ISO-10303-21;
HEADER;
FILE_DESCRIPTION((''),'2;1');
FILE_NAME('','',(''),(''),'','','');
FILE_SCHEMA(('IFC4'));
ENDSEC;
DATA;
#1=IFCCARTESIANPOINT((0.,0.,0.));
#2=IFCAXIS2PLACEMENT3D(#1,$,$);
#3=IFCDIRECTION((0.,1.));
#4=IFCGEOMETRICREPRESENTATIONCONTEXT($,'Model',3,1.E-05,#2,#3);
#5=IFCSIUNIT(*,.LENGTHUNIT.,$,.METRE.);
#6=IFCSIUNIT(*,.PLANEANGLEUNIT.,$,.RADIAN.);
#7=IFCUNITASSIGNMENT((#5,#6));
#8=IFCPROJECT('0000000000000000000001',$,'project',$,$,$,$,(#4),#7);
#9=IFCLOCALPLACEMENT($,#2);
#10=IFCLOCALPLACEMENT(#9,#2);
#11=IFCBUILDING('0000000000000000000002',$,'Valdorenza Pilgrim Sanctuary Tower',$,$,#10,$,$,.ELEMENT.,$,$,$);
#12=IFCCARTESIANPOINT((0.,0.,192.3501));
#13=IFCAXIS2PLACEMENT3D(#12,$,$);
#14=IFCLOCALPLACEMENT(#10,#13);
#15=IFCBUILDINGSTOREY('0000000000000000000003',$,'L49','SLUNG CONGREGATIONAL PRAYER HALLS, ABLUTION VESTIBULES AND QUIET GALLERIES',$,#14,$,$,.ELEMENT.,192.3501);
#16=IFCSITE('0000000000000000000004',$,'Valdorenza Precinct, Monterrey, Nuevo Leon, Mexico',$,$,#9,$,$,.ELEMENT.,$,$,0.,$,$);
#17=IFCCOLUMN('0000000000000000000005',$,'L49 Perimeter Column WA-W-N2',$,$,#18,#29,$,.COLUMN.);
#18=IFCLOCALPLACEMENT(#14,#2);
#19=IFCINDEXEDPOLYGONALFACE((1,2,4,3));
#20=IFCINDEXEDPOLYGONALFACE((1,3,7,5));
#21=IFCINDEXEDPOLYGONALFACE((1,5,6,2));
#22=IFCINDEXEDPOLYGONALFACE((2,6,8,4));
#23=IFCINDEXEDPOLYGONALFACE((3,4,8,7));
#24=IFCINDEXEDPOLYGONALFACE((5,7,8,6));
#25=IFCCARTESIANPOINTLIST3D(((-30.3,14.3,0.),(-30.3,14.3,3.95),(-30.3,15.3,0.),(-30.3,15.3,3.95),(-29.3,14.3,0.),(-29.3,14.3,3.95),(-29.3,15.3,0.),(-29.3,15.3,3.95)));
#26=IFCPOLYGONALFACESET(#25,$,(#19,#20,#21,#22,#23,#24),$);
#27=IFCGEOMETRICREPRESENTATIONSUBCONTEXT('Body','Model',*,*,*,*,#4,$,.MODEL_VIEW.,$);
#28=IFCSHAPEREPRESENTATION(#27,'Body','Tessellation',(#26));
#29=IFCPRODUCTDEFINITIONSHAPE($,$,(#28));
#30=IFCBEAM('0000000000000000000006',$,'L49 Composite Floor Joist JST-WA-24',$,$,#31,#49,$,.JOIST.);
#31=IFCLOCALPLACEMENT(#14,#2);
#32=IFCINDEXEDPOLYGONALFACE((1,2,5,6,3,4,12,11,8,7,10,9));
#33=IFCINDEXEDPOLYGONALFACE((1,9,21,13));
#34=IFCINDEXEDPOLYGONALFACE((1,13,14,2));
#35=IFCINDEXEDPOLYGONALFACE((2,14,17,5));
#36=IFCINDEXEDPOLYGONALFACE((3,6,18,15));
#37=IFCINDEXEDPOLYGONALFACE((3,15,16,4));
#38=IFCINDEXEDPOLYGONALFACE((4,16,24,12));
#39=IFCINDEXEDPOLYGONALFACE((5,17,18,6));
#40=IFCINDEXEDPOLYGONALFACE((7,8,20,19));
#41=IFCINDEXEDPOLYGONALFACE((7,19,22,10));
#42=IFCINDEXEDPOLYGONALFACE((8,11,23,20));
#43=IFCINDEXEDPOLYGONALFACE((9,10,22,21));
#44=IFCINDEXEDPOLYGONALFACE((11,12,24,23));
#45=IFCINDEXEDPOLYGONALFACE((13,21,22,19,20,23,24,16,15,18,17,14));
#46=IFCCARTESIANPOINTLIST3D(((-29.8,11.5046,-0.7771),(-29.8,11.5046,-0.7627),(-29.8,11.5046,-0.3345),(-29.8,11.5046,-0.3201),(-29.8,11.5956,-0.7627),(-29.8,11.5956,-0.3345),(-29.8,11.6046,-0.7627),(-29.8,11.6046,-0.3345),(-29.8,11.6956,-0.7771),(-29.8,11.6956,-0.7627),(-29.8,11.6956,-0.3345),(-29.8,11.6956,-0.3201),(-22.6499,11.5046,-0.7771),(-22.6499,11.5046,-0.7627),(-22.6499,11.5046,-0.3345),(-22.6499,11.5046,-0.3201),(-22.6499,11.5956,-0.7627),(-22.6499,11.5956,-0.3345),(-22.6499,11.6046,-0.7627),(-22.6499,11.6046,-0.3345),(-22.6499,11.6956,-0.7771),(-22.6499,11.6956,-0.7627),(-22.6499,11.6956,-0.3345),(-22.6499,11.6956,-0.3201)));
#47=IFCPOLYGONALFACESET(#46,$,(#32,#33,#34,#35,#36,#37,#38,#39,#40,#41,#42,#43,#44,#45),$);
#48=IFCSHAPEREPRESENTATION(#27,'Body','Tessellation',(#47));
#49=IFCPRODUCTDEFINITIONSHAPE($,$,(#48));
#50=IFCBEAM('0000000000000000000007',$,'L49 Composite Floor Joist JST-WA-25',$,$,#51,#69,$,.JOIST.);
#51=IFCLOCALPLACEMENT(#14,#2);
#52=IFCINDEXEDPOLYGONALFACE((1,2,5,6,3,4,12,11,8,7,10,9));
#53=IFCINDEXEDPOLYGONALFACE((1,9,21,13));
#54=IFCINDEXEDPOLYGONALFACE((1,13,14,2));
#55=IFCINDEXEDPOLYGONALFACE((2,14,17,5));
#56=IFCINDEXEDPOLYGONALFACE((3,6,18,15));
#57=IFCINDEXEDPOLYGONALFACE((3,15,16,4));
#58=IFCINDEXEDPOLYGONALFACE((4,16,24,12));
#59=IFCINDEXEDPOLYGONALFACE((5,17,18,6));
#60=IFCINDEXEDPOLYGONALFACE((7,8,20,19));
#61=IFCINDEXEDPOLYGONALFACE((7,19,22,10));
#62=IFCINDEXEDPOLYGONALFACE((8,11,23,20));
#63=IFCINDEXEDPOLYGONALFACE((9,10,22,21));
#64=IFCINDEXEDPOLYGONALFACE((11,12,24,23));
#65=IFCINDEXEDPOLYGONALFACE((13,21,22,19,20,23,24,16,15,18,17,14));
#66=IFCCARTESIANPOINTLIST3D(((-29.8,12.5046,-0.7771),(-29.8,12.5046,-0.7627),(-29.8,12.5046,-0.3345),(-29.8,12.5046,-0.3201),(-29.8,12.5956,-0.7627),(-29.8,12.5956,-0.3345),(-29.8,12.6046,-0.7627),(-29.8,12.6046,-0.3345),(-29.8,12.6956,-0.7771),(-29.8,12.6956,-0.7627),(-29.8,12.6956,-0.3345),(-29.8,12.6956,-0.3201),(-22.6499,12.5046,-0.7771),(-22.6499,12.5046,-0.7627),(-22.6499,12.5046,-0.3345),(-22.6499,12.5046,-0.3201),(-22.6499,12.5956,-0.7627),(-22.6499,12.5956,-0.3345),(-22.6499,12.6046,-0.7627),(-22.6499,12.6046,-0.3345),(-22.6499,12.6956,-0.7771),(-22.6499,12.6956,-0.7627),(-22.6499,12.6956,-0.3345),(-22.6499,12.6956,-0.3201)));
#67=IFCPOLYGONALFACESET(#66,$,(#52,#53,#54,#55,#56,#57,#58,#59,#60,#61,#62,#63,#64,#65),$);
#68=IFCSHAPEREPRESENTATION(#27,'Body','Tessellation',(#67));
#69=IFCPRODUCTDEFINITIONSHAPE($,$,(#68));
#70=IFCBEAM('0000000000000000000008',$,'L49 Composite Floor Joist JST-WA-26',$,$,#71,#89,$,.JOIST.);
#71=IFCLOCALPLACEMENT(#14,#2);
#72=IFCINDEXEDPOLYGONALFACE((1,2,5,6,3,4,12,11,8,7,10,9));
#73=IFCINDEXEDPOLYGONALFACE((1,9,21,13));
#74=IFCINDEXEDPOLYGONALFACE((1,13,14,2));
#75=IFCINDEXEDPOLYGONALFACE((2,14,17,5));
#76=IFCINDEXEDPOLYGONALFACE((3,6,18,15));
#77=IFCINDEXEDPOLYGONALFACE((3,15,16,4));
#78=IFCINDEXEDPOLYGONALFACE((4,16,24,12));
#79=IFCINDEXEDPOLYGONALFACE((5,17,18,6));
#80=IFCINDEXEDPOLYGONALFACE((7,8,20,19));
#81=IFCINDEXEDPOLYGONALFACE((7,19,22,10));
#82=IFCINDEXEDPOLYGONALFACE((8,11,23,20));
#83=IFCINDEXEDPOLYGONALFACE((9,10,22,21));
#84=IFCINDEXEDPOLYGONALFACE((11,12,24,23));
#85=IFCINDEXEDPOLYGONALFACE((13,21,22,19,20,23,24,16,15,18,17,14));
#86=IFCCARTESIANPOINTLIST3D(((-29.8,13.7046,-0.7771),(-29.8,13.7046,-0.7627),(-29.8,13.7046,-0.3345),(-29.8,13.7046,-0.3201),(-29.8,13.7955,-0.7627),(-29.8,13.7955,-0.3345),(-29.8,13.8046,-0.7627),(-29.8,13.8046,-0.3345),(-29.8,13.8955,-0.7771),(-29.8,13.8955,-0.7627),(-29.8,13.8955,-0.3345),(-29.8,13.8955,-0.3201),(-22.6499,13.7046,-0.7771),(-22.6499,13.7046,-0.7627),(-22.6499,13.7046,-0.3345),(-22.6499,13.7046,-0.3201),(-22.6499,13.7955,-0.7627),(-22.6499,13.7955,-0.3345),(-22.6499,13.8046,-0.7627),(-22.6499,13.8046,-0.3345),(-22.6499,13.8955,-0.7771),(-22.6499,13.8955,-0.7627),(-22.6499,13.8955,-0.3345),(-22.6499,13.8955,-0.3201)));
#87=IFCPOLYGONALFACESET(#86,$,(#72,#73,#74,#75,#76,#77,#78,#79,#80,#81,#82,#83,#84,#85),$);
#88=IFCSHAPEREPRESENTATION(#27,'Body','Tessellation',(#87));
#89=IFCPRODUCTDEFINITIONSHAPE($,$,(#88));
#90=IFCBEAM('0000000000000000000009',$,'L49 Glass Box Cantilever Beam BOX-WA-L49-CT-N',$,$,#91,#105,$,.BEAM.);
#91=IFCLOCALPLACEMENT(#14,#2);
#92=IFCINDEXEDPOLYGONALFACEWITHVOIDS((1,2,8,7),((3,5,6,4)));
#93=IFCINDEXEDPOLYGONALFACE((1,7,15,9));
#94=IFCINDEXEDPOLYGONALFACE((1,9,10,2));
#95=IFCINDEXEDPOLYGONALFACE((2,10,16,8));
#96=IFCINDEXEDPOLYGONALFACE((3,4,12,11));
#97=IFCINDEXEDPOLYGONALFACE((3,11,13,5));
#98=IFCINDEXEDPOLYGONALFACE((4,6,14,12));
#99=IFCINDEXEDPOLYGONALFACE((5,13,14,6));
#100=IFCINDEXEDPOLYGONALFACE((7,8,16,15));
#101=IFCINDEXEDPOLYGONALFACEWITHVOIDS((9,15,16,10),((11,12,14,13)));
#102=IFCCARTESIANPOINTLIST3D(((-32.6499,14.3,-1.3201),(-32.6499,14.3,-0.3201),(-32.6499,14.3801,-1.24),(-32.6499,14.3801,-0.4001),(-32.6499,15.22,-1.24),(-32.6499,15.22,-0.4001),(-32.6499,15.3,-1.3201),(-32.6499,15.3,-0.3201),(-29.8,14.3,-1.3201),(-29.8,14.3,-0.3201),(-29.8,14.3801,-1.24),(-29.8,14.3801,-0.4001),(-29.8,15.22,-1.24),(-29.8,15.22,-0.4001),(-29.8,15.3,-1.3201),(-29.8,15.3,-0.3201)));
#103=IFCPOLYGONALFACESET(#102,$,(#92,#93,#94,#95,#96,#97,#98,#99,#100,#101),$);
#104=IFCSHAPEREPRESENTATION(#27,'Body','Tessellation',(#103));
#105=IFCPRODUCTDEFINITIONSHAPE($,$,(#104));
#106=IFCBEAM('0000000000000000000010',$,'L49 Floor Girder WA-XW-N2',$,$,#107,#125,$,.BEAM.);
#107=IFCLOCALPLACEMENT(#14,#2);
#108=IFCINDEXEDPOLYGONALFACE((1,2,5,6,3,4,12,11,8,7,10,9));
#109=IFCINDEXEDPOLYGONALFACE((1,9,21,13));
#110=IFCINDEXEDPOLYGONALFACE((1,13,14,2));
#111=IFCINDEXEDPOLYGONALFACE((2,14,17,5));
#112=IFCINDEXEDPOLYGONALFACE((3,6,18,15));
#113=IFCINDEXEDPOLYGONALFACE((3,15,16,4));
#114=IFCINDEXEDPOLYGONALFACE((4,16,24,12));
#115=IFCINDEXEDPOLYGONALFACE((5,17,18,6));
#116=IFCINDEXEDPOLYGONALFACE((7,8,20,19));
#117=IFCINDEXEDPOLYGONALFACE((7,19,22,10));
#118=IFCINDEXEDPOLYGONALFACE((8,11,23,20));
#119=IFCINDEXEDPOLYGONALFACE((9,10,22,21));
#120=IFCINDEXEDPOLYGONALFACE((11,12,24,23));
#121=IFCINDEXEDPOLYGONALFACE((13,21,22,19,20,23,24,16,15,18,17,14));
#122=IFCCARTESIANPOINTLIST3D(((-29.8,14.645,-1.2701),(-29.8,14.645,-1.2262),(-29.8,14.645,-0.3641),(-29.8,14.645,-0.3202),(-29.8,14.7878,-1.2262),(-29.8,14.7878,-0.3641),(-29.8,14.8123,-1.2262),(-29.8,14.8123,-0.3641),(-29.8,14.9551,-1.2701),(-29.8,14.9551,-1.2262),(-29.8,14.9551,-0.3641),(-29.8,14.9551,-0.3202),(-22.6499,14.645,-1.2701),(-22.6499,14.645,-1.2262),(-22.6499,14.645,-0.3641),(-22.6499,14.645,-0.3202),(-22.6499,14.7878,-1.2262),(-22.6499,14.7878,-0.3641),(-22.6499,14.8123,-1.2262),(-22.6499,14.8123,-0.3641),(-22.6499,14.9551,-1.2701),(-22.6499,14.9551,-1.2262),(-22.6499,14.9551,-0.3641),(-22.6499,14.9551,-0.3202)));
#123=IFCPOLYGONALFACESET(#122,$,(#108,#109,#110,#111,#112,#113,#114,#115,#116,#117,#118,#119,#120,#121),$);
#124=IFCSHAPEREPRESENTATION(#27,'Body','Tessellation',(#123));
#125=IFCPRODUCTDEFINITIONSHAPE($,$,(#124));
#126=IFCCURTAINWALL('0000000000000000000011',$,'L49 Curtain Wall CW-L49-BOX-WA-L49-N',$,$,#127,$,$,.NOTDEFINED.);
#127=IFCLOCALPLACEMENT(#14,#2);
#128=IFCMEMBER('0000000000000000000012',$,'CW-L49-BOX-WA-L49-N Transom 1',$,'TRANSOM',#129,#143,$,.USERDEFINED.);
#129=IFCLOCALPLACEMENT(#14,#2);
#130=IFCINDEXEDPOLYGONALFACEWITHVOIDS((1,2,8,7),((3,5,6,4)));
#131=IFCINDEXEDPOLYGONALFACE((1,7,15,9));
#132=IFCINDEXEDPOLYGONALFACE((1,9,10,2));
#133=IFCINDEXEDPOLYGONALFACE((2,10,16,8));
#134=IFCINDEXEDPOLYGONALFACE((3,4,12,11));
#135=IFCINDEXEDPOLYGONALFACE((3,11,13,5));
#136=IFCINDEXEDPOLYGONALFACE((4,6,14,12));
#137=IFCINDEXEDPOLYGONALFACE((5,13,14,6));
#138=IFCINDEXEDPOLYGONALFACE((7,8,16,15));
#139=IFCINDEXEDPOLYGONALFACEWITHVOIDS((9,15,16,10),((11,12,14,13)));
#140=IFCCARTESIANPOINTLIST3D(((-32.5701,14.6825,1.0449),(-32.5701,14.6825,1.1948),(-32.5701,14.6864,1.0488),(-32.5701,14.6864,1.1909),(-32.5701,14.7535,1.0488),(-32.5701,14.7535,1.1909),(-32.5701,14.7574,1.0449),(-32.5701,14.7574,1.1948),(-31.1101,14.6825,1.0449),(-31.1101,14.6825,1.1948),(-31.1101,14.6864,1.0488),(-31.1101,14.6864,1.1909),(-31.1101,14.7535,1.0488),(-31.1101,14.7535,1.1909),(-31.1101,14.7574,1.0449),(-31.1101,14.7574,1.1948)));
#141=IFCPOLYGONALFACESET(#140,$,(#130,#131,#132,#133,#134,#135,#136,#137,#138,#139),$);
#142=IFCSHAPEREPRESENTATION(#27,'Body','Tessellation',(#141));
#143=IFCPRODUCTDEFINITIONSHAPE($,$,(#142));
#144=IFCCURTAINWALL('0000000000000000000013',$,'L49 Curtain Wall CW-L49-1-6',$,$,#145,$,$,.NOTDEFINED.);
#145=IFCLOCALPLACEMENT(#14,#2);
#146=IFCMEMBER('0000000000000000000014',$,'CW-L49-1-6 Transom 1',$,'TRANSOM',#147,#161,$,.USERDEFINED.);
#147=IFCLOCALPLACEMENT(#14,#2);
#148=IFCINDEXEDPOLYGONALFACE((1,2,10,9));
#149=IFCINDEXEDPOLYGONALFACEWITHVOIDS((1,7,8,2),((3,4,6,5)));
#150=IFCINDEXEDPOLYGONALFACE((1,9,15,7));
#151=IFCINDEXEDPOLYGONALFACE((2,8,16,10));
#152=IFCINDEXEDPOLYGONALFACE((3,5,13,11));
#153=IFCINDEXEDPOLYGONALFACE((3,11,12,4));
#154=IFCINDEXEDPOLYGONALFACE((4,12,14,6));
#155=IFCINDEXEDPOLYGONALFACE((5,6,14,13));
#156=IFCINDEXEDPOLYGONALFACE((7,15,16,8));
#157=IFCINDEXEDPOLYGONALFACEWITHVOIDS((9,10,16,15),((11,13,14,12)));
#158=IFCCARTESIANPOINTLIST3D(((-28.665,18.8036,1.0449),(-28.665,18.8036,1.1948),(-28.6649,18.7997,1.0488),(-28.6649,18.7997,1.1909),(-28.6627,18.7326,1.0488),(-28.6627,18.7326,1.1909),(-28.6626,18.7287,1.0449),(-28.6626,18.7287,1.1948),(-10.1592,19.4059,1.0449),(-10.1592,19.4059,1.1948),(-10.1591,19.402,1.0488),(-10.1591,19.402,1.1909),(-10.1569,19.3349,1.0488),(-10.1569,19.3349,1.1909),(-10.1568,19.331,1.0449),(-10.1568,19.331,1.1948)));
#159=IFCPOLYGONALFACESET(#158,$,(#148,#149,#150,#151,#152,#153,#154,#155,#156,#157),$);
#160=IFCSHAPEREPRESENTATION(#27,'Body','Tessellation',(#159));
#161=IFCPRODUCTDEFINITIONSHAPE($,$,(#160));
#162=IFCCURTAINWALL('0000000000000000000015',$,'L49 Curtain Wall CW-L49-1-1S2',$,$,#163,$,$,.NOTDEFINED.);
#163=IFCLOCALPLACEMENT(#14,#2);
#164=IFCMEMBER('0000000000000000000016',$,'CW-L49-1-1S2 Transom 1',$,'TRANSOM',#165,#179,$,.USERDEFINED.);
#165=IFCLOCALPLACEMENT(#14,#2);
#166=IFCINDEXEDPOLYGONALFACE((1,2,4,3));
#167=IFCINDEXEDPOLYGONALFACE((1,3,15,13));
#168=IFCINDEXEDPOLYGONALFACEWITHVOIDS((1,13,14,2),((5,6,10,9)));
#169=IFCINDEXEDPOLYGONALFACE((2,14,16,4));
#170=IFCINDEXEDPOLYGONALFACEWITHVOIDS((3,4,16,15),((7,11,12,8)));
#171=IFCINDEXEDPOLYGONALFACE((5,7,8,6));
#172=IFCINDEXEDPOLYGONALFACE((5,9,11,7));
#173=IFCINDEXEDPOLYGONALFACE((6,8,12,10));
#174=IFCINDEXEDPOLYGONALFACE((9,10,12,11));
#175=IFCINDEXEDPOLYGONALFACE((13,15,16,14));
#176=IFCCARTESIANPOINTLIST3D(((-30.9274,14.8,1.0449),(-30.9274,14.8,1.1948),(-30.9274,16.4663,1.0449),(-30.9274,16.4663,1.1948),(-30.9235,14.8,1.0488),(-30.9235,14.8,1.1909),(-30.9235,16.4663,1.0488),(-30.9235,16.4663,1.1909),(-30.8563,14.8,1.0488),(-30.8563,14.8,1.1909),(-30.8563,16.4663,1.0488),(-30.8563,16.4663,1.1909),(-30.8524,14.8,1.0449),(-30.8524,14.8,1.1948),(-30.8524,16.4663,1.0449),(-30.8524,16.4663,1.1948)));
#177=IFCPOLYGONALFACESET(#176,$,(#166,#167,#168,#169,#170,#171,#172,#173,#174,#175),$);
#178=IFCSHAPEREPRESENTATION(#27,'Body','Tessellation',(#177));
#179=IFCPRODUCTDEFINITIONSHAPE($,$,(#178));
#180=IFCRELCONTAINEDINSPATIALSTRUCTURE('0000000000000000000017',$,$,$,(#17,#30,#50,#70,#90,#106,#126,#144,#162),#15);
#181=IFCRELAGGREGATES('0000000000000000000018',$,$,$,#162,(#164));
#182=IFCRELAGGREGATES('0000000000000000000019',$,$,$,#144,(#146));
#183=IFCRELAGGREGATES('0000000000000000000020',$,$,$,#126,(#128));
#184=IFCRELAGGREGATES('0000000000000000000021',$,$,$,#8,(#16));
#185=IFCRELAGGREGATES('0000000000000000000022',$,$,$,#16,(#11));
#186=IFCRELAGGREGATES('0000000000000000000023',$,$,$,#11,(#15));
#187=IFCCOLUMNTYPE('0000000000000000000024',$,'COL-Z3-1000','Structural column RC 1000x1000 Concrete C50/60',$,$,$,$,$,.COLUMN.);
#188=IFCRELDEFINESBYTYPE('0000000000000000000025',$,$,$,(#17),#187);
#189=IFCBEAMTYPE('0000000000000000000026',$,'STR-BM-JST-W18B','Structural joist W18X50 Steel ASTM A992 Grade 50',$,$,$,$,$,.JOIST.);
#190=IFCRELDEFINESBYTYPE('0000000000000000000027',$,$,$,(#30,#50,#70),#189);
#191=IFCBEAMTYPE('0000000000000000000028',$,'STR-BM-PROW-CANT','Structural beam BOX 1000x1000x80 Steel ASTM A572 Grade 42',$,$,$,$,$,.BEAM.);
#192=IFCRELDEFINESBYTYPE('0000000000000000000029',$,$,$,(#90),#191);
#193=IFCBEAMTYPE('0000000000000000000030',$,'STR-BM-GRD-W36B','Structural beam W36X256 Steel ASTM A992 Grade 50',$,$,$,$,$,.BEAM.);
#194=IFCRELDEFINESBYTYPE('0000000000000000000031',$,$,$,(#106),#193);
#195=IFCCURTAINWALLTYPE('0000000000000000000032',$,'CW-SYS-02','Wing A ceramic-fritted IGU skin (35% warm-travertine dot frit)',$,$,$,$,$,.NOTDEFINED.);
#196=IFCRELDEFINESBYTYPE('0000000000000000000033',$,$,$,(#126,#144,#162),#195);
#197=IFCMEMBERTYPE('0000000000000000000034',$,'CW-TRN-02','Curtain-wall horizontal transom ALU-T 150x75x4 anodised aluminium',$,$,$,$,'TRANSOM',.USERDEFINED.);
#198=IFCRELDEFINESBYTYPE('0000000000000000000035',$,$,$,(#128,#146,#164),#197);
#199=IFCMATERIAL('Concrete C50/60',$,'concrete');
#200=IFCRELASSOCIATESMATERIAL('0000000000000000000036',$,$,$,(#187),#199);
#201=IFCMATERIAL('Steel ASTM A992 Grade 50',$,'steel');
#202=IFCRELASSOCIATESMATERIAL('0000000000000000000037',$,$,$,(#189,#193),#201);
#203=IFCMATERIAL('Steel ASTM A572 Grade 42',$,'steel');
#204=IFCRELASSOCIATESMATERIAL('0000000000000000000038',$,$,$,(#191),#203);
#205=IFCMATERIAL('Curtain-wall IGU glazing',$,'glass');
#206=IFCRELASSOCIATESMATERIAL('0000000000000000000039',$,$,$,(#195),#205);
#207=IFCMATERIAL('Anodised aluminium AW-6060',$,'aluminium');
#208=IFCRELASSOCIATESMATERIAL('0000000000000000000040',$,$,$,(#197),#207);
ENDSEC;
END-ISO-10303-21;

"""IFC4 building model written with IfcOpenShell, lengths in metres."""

from ifc_helpers import new_model, si_unit, direction, frame, origin, origin_2d, place, context, subcontext, project, spatial, rectangle, hollow_rectangle, i_section, extrude, source, transform, mapped, material, material_profile, profile_set, type_object, element, aggregate, save


model = new_model("IFC4")

# Units and contexts
model_context = context("Model", 3, precision=1e-05, world=origin(), true_north=direction((0.0, 1.0)))
body_context = subcontext(model_context, "Body", "Model", "MODEL_VIEW")
ifc_project = project(units=[si_unit("LENGTHUNIT", "METRE"), si_unit("PLANEANGLEUNIT", "RADIAN")], contexts=[model_context])

# Site, building, storey
site_placement = place(None, origin())
site = spatial("IfcSite", under=ifc_project, at=site_placement, Name="Valdorenza Precinct, Monterrey, Nuevo Leon, Mexico", CompositionType="ELEMENT", RefElevation=0.0)
building_placement = place(site_placement, origin())
building = spatial("IfcBuilding", under=site, at=building_placement, Name="Valdorenza Pilgrim Sanctuary Tower", CompositionType="ELEMENT")
storey_placement = place(building_placement, frame((0.0, 0.0, 192.3501)))
storey = spatial("IfcBuildingStorey", under=building, at=storey_placement, Name="L49", Description="SLUNG CONGREGATIONAL PRAYER HALLS, ABLUTION VESTIBULES AND QUIET GALLERIES", CompositionType="ELEMENT", Elevation=192.3501)

# Column
ifc_material_1 = material(Name="Concrete C50/60", Category="concrete")
ifc_material_profile_1 = material_profile(ifc_material_1, rectangle(XDim=1.0, YDim=1.0, at=origin_2d()), Name="RC 1000x1000")
ifc_profile_set_1 = profile_set([ifc_material_profile_1], Name="Concrete C50/60")
column_type = type_object("IfcColumnType", Name="COL-Z3-1000", Description="Structural column RC 1000x1000 Concrete C50/60", PredefinedType="COLUMN", material=ifc_profile_set_1)
shared_shape_1 = source(origin(), body_context, "Body", "SweptSolid", [
    extrude(rectangle(XDim=1.0, YDim=1.0, at=origin_2d()), origin(), (0.0, 0.0, 1.0), 3.95),
])
column_placement = place(storey_placement, frame((-29.8, 14.8, 0.0), z_axis=(0.0, 0.0, 1.0), x_axis=(1.0, 0.0, 0.0)))
element("IfcColumn", 1, at=column_placement, inside=storey, type_object=column_type, Name="L49 Perimeter Column WA-W-N2", PredefinedType="COLUMN", context=body_context, shape_type="MappedRepresentation", body=[
    mapped(shared_shape_1, transform((0.0, 0.0, 0.0), x_axis=(1.0, 0.0, 0.0), y_axis=(0.0, 1.0, 0.0), z_axis=(0.0, 0.0, 1.0), scale=1.0)),
])

# Beams
ifc_material_2 = material(Name="Steel ASTM A992 Grade 50", Category="steel")
ifc_material_profile_2 = material_profile(ifc_material_2, i_section(OverallWidth=0.1909, OverallDepth=0.457, WebThickness=0.009, FlangeThickness=0.0144, at=origin_2d()), Name="W18X50")
ifc_profile_set_2 = profile_set([ifc_material_profile_2], Name="Steel ASTM A992 Grade 50")
beam_type_1 = type_object("IfcBeamType", Name="STR-BM-JST-W18B", Description="Structural joist W18X50 Steel ASTM A992 Grade 50", PredefinedType="JOIST", material=ifc_profile_set_2)
shared_shape_2 = source(origin(), body_context, "Body", "SweptSolid", [
    extrude(i_section(OverallWidth=0.1909, OverallDepth=0.457, WebThickness=0.009, FlangeThickness=0.0144, at=origin_2d()), origin(), (0.0, 0.0, 1.0), 7.1501),
])
for number, where, z_axis, x_axis, name in (
    (2, (-29.8, 11.6001, -0.5486), (1.0, 0.0, 0.0), (0.0, 1.0, 0.0), "L49 Composite Floor Joist JST-WA-24"),
    (3, (-29.8, 12.6001, -0.5486), (1.0, 0.0, 0.0), (0.0, 1.0, 0.0), "L49 Composite Floor Joist JST-WA-25"),
    (4, (-29.8, 13.8, -0.5486), (1.0, 0.0, 0.0), (0.0, 1.0, 0.0), "L49 Composite Floor Joist JST-WA-26"),
):
    element("IfcBeam", number, at=place(storey_placement, frame(where, z_axis=z_axis, x_axis=x_axis)), inside=storey, type_object=beam_type_1, Name=name, PredefinedType="JOIST", context=body_context, shape_type="MappedRepresentation", body=[
        mapped(shared_shape_2, transform((0.0, 0.0, 0.0), x_axis=(1.0, 0.0, 0.0), y_axis=(0.0, 1.0, 0.0), z_axis=(0.0, 0.0, 1.0), scale=1.0)),
    ])
ifc_material_3 = material(Name="Steel ASTM A572 Grade 42", Category="steel")
ifc_material_profile_3 = material_profile(ifc_material_3, hollow_rectangle(XDim=1.0, YDim=1.0, WallThickness=0.0801, at=origin_2d()), Name="BOX 1000x1000x80")
ifc_profile_set_3 = profile_set([ifc_material_profile_3], Name="Steel ASTM A572 Grade 42")
beam_type_2 = type_object("IfcBeamType", Name="STR-BM-PROW-CANT", Description="Structural beam BOX 1000x1000x80 Steel ASTM A572 Grade 42", PredefinedType="BEAM", material=ifc_profile_set_3)
shared_shape_3 = source(origin(), body_context, "Body", "SweptSolid", [
    extrude(hollow_rectangle(XDim=1.0, YDim=1.0, WallThickness=0.0801, at=origin_2d()), origin(), (0.0, 0.0, 1.0), 2.8499),
])
beam_1_placement = place(storey_placement, frame((-29.8, 14.8, -0.8201), z_axis=(-1.0, 0.0, 0.0), x_axis=(0.0, -1.0, 0.0)))
element("IfcBeam", 5, at=beam_1_placement, inside=storey, type_object=beam_type_2, Name="L49 Glass Box Cantilever Beam BOX-WA-L49-CT-N", PredefinedType="BEAM", context=body_context, shape_type="MappedRepresentation", body=[
    mapped(shared_shape_3, transform((0.0, 0.0, 0.0), x_axis=(1.0, 0.0, 0.0), y_axis=(0.0, 1.0, 0.0), z_axis=(0.0, 0.0, 1.0), scale=1.0)),
])
ifc_material_profile_4 = material_profile(ifc_material_2, i_section(OverallWidth=0.3101, OverallDepth=0.95, WebThickness=0.0244, FlangeThickness=0.0439, at=origin_2d()), Name="W36X256")
ifc_profile_set_4 = profile_set([ifc_material_profile_4], Name="Steel ASTM A992 Grade 50")
beam_type_3 = type_object("IfcBeamType", Name="STR-BM-GRD-W36B", Description="Structural beam W36X256 Steel ASTM A992 Grade 50", PredefinedType="BEAM", material=ifc_profile_set_4)
shared_shape_4 = source(origin(), body_context, "Body", "SweptSolid", [
    extrude(i_section(OverallWidth=0.3101, OverallDepth=0.95, WebThickness=0.0244, FlangeThickness=0.0439, at=origin_2d()), origin(), (0.0, 0.0, 1.0), 7.1501),
])
beam_2_placement = place(storey_placement, frame((-29.8, 14.8, -0.7952), z_axis=(1.0, 0.0, 0.0), x_axis=(0.0, 1.0, 0.0)))
element("IfcBeam", 6, at=beam_2_placement, inside=storey, type_object=beam_type_3, Name="L49 Floor Girder WA-XW-N2", PredefinedType="BEAM", context=body_context, shape_type="MappedRepresentation", body=[
    mapped(shared_shape_4, transform((0.0, 0.0, 0.0), x_axis=(1.0, 0.0, 0.0), y_axis=(0.0, 1.0, 0.0), z_axis=(0.0, 0.0, 1.0), scale=1.0)),
])

# Curtain walls, members
ifc_material_4 = material(Name="Curtain-wall IGU glazing", Category="glass")
curtain_wall_type = type_object("IfcCurtainWallType", Name="CW-SYS-02", Description="Wing A ceramic-fritted IGU skin (35% warm-travertine dot frit)", PredefinedType="NOTDEFINED", material=ifc_material_4)
curtain_wall_1_placement = place(storey_placement, origin())
curtain_wall_1 = element("IfcCurtainWall", 7, at=curtain_wall_1_placement, inside=storey, type_object=curtain_wall_type, Name="L49 Curtain Wall CW-L49-BOX-WA-L49-N", PredefinedType="NOTDEFINED")
ifc_material_5 = material(Name="Anodised aluminium AW-6060", Category="aluminium")
ifc_material_profile_5 = material_profile(ifc_material_5, hollow_rectangle(XDim=0.075, YDim=0.1499, WallThickness=0.0039, at=origin_2d()), Name="ALU-T 150x75x4")
ifc_profile_set_5 = profile_set([ifc_material_profile_5], Name="Anodised aluminium AW-6060")
member_type_1 = type_object("IfcMemberType", Name="CW-TRN-02", Description="Curtain-wall horizontal transom ALU-T 150x75x4 anodised aluminium", ElementType="TRANSOM", PredefinedType="USERDEFINED", material=ifc_profile_set_5)
shared_shape_5 = source(origin(), body_context, "Body", "SweptSolid", [
    extrude(hollow_rectangle(XDim=0.075, YDim=0.1499, WallThickness=0.0039, at=origin_2d()), origin(), (0.0, 0.0, 1.0), 1.46),
])
member_1_placement = place(storey_placement, frame((-32.5701, 14.72, 1.1199), z_axis=(1.0, 0.0, 0.0), x_axis=(0.0, 1.0, 0.0)))
member_1 = element("IfcMember", 8, at=member_1_placement, type_object=member_type_1, Name="CW-L49-BOX-WA-L49-N Transom 1", ObjectType="TRANSOM", PredefinedType="USERDEFINED", context=body_context, shape_type="MappedRepresentation", body=[
    mapped(shared_shape_5, transform((0.0, 0.0, 0.0), x_axis=(1.0, 0.0, 0.0), y_axis=(0.0, 1.0, 0.0), z_axis=(0.0, 0.0, 1.0), scale=1.0)),
])
curtain_wall_2_placement = place(storey_placement, origin())
curtain_wall_2 = element("IfcCurtainWall", 9, at=curtain_wall_2_placement, inside=storey, type_object=curtain_wall_type, Name="L49 Curtain Wall CW-L49-1-6", PredefinedType="NOTDEFINED")
shared_shape_6 = source(origin(), body_context, "Body", "SweptSolid", [
    extrude(hollow_rectangle(XDim=0.075, YDim=0.1499, WallThickness=0.0039, at=origin_2d()), origin(), (0.0, 0.0, 1.0), 18.5156),
])
member_2_placement = place(storey_placement, frame((-28.6638, 18.7661, 1.1199), z_axis=(0.999471, 0.032529, 0.0), x_axis=(-0.032529, 0.999471, 0.0)))
member_2 = element("IfcMember", 10, at=member_2_placement, type_object=member_type_1, Name="CW-L49-1-6 Transom 1", ObjectType="TRANSOM", PredefinedType="USERDEFINED", context=body_context, shape_type="MappedRepresentation", body=[
    mapped(shared_shape_6, transform((0.0, 0.0, 0.0), x_axis=(1.0, 0.0, 0.0), y_axis=(0.0, 1.0, 0.0), z_axis=(0.0, 0.0, 1.0), scale=1.0)),
])

# Curtain wall, member
curtain_wall_3_placement = place(storey_placement, origin())
curtain_wall_3 = element("IfcCurtainWall", 11, at=curtain_wall_3_placement, inside=storey, type_object=curtain_wall_type, Name="L49 Curtain Wall CW-L49-1-1S2", PredefinedType="NOTDEFINED")
shared_shape_7 = source(origin(), body_context, "Body", "SweptSolid", [
    extrude(hollow_rectangle(XDim=0.075, YDim=0.1499, WallThickness=0.0039, at=origin_2d()), origin(), (0.0, 0.0, 1.0), 1.6663),
])
member_3_placement = place(storey_placement, frame((-30.8899, 14.8, 1.1199), z_axis=(0.0, 1.0, 0.0), x_axis=(-1.0, 0.0, 0.0)))
member_3 = element("IfcMember", 12, at=member_3_placement, type_object=member_type_1, Name="CW-L49-1-1S2 Transom 1", ObjectType="TRANSOM", PredefinedType="USERDEFINED", context=body_context, shape_type="MappedRepresentation", body=[
    mapped(shared_shape_7, transform((0.0, 0.0, 0.0), x_axis=(1.0, 0.0, 0.0), y_axis=(0.0, 1.0, 0.0), z_axis=(0.0, 0.0, 1.0), scale=1.0)),
])

aggregate(curtain_wall_3, [member_3])
aggregate(curtain_wall_2, [member_2])
aggregate(curtain_wall_1, [member_1])

save(model, "model.ifc")
